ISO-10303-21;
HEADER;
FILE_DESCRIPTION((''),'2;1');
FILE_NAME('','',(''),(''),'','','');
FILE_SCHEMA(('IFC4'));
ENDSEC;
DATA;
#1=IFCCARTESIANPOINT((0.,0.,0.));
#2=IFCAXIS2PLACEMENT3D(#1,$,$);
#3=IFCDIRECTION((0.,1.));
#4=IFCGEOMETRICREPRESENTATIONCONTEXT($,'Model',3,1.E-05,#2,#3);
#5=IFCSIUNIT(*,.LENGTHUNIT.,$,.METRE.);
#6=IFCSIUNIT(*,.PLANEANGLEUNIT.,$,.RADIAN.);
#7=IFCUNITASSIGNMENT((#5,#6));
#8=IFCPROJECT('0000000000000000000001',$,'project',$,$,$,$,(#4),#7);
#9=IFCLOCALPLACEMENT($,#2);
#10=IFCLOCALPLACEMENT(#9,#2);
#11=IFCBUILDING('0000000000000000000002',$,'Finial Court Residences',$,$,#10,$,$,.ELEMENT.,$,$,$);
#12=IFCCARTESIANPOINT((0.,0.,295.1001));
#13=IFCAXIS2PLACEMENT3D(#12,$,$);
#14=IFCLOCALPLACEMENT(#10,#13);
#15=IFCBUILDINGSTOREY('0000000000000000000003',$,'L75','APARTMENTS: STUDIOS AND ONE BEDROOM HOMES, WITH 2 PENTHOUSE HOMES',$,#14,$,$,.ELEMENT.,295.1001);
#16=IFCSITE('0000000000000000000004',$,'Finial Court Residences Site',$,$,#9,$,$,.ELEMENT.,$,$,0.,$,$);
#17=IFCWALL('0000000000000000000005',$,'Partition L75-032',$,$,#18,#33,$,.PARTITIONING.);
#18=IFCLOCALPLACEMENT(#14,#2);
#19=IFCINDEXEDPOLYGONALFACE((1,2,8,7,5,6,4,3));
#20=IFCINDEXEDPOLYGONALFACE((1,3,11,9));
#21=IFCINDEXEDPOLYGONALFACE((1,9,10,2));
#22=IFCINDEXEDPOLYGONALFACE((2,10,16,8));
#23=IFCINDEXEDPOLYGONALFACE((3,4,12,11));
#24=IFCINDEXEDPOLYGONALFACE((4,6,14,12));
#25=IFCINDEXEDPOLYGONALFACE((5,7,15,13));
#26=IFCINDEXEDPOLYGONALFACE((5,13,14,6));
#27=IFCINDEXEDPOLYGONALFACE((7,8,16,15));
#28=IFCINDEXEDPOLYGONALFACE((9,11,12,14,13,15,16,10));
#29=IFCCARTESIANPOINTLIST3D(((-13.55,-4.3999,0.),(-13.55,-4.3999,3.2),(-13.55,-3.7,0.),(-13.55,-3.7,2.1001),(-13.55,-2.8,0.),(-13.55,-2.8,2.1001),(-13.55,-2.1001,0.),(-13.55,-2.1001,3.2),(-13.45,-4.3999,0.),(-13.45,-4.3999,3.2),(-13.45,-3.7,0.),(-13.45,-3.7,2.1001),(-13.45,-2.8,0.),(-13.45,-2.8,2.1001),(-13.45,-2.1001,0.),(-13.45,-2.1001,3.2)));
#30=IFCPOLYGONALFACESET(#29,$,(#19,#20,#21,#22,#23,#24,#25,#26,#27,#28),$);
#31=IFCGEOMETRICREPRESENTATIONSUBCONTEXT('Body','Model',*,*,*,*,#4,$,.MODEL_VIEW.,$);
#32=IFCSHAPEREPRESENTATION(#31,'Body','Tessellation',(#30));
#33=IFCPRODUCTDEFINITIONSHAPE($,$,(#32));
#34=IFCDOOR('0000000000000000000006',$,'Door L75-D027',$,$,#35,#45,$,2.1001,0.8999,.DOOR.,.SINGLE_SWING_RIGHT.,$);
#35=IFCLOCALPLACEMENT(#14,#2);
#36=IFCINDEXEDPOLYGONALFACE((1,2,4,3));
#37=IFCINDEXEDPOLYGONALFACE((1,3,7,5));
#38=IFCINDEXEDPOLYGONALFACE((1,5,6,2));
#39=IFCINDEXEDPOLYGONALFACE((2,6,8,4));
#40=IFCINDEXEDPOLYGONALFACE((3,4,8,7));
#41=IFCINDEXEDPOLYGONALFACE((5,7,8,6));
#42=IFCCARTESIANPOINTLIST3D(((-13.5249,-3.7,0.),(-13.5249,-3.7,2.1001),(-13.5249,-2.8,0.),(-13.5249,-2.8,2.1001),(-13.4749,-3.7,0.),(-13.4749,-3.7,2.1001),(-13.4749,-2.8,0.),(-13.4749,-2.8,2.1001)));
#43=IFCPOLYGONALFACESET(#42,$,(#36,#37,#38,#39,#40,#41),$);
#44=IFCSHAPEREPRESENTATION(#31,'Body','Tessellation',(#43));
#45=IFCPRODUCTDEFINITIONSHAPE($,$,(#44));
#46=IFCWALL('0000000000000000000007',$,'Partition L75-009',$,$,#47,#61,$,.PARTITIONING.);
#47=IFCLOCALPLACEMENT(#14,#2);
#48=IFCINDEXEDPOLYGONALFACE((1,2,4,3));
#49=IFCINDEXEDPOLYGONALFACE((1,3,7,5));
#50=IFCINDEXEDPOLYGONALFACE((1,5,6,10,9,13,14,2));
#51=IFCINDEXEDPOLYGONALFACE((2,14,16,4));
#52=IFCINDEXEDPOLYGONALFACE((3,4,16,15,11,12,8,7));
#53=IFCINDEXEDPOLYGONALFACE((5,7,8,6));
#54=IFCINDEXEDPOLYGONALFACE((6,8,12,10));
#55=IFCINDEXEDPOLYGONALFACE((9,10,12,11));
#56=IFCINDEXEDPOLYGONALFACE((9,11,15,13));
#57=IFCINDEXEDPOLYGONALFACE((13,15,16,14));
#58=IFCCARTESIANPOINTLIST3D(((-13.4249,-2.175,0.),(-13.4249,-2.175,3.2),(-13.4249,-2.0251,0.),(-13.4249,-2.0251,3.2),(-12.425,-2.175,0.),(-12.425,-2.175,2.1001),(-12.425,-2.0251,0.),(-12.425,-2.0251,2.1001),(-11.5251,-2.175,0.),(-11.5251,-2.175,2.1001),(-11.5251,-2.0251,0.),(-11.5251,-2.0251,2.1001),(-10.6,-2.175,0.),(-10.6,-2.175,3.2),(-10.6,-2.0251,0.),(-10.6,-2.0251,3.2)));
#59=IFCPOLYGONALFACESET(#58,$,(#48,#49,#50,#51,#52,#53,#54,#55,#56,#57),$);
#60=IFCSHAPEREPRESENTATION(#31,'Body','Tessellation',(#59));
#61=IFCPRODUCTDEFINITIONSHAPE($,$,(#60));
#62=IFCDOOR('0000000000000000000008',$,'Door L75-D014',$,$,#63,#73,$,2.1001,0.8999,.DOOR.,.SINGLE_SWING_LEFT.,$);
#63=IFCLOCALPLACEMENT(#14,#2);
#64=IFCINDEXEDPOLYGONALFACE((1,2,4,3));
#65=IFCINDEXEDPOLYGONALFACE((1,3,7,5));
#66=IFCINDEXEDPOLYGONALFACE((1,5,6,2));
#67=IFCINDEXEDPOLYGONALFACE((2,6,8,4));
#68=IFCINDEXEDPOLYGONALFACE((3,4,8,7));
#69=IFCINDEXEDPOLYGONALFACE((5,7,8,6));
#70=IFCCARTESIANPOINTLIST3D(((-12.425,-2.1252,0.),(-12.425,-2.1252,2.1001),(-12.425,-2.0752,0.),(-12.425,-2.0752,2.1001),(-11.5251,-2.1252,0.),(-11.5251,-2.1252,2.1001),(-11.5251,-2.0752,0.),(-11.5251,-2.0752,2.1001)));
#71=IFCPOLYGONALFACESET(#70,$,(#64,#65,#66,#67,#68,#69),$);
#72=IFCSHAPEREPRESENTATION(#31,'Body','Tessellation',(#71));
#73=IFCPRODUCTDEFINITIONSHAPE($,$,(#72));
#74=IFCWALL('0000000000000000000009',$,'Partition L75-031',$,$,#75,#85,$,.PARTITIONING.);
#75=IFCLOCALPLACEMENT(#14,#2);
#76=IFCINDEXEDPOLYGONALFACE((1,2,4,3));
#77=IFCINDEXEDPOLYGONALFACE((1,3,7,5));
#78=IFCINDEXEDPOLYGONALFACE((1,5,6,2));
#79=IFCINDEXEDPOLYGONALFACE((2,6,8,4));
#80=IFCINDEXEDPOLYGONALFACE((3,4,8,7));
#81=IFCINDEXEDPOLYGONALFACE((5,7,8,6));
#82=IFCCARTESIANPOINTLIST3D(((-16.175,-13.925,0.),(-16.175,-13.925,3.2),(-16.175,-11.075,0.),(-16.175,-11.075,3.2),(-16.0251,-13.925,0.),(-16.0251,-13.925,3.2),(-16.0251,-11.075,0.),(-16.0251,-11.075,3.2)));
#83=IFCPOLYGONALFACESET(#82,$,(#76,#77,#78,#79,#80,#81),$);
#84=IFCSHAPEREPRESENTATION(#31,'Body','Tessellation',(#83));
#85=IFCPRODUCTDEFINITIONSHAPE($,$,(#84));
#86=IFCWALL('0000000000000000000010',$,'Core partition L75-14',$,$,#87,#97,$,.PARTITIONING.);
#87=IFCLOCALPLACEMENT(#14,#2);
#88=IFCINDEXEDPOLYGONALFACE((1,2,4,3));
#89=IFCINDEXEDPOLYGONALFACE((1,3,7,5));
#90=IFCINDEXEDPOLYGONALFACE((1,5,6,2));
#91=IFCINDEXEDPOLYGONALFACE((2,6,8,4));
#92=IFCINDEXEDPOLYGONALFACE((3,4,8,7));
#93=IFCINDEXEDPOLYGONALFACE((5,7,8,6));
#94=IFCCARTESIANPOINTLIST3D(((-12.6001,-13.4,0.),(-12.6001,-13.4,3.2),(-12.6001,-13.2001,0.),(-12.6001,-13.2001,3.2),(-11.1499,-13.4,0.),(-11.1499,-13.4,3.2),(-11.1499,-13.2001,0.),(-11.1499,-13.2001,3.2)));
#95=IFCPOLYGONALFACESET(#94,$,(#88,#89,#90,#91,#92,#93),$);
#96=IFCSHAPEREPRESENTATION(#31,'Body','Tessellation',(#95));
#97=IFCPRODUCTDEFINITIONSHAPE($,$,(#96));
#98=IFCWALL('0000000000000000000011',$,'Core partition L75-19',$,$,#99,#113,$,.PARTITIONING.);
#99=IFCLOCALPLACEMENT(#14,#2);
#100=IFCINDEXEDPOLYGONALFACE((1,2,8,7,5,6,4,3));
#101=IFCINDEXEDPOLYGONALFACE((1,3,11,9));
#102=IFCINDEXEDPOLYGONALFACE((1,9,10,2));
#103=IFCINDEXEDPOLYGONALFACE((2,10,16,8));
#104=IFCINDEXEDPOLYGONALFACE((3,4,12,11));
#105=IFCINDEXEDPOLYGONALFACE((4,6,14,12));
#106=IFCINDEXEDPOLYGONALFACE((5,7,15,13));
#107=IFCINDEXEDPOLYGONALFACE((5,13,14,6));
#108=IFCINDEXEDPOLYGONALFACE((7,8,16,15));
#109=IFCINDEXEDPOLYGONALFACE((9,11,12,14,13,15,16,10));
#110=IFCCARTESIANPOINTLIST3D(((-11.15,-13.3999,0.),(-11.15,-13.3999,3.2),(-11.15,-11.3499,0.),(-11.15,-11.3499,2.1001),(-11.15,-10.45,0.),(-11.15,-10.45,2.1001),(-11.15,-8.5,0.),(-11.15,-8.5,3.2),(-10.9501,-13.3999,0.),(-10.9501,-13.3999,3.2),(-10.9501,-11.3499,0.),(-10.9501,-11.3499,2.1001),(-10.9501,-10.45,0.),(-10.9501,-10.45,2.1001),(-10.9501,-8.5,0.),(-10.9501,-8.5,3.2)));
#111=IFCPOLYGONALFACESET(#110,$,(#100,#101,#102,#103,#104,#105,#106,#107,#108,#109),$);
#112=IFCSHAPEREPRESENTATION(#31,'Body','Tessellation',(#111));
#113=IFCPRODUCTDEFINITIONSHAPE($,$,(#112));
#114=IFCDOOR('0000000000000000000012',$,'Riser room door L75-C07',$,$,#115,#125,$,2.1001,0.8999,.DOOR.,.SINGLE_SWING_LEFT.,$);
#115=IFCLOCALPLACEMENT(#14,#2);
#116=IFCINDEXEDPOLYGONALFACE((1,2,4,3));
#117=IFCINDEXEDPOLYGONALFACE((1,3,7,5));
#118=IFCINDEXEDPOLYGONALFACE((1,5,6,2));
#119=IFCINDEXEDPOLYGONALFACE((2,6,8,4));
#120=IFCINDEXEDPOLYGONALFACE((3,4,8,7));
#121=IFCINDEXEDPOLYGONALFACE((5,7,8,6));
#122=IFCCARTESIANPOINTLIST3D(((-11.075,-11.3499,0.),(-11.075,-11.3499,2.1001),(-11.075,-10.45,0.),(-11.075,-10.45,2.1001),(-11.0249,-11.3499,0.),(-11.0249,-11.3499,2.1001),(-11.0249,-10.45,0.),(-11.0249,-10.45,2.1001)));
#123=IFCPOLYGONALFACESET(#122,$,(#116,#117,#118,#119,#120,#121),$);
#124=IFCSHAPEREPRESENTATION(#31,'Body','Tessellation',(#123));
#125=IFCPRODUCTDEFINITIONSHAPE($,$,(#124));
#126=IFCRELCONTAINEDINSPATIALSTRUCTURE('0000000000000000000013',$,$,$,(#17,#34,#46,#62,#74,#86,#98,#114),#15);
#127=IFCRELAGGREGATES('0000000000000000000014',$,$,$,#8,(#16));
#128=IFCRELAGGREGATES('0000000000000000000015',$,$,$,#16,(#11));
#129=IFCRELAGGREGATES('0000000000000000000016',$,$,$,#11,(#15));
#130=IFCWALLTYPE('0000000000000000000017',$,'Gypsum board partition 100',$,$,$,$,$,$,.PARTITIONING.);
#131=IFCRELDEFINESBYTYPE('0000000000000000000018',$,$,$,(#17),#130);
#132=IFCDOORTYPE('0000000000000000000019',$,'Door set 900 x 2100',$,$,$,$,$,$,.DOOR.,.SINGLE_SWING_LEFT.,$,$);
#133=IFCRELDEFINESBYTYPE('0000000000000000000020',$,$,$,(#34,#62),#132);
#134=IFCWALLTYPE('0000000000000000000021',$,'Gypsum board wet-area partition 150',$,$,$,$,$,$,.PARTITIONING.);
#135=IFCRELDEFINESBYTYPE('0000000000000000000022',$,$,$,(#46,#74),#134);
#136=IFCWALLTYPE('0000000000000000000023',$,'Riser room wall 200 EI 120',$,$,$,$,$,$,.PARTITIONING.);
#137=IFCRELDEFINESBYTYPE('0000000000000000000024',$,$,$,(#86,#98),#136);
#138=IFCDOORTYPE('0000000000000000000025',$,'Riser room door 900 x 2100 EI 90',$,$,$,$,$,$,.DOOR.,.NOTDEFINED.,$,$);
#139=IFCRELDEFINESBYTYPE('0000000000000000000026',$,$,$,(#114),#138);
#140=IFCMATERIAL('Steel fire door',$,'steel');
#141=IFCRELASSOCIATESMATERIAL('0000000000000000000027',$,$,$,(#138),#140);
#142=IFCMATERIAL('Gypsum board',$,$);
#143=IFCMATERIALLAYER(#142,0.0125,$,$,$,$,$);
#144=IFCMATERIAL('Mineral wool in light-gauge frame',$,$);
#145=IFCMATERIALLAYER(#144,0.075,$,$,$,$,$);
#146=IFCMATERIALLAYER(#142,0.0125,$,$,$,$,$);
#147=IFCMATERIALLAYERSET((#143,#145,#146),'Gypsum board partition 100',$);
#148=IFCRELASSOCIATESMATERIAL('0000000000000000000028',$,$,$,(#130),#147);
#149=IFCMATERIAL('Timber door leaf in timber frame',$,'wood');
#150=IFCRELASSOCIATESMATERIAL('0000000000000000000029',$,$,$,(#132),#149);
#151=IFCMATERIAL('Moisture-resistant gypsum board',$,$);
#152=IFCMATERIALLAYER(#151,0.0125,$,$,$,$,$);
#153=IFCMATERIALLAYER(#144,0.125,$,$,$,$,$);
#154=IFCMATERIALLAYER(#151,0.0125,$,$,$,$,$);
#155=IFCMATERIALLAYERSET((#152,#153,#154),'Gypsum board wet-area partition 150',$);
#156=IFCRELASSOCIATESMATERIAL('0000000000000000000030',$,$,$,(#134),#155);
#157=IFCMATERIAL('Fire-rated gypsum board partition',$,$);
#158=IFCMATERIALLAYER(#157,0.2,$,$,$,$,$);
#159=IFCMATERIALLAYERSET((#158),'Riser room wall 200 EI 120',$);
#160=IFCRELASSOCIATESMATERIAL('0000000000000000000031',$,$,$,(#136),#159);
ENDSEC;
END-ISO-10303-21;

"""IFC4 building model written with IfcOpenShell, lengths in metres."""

from ifc_helpers import new_model, si_unit, direction, frame, frame_2d, origin, place, context, subcontext, project, spatial, rectangle, extrude, material, layer, layer_set, type_object, element, fill, save


model = new_model("IFC4")

# Units and contexts
model_context = context("Model", 3, precision=1e-05, world=origin(), true_north=direction((0.0, 1.0)))
body_context = subcontext(model_context, "Body", "Model", "MODEL_VIEW")
ifc_project = project(units=[si_unit("LENGTHUNIT", "METRE"), si_unit("PLANEANGLEUNIT", "RADIAN")], contexts=[model_context])

# Site, building, storey
site_placement = place(None, origin())
site = spatial("IfcSite", under=ifc_project, at=site_placement, Name="Finial Court Residences Site", CompositionType="ELEMENT", RefElevation=0.0)
building_placement = place(site_placement, origin())
building = spatial("IfcBuilding", under=site, at=building_placement, Name="Finial Court Residences", CompositionType="ELEMENT")
storey_placement = place(building_placement, frame((0.0, 0.0, 295.1001)))
storey = spatial("IfcBuildingStorey", under=building, at=storey_placement, Name="L75", Description="APARTMENTS: STUDIOS AND ONE BEDROOM HOMES, WITH 2 PENTHOUSE HOMES", CompositionType="ELEMENT", Elevation=295.1001)

# Shared definitions
ifc_material_1 = material(Name="Steel fire door", Category="steel")
door_type_1 = type_object("IfcDoorType", Name="Riser room door 900 x 2100 EI 90", OperationType="NOTDEFINED", PredefinedType="DOOR", material=ifc_material_1)

# Walls, openings, doors
ifc_material_2 = material(Name="Gypsum board")
ifc_layer_1 = layer(ifc_material_2, 0.0125)
ifc_material_3 = material(Name="Mineral wool in light-gauge frame")
ifc_layer_2 = layer(ifc_material_3, 0.075)
ifc_layer_3 = layer(ifc_material_2, 0.0125)
ifc_layer_set_1 = layer_set([ifc_layer_1, ifc_layer_2, ifc_layer_3], Name="Gypsum board partition 100")
wall_type_1 = type_object("IfcWallType", Name="Gypsum board partition 100", PredefinedType="PARTITIONING", material=ifc_layer_set_1)
wall_1_placement = place(storey_placement, frame((-13.5, -4.3999, 0.0), z_axis=(0.0, 0.0, 1.0), x_axis=(0.0, 1.0, 0.0)))
wall_1 = element("IfcWall", 1, at=wall_1_placement, inside=storey, type_object=wall_type_1, Name="Partition L75-032", PredefinedType="PARTITIONING", context=body_context, shape_type="SweptSolid", body=[
    extrude(rectangle(XDim=2.2998, YDim=0.1001, at=frame_2d((1.1499, 0.0))), origin(), (0.0, 0.0, 1.0), 3.2),
])
opening_1_placement = place(wall_1_placement, frame((0.7, 0.0, 0.0)))
opening_1 = element("IfcOpeningElement", 2, at=opening_1_placement, cuts=wall_1, PredefinedType="OPENING", context=body_context, shape_type="SweptSolid", body=[
    extrude(rectangle(XDim=0.8999, YDim=2.1001, at=frame_2d((0.45, 1.05))), frame((0.0, 0.0601, 0.0), z_axis=(0.0, -1.0, 0.0), x_axis=(1.0, 0.0, 0.0)), (0.0, 0.0, 1.0), 0.1201),
])
ifc_material_4 = material(Name="Timber door leaf in timber frame", Category="wood")
door_type_2 = type_object("IfcDoorType", Name="Door set 900 x 2100", OperationType="SINGLE_SWING_LEFT", PredefinedType="DOOR", material=ifc_material_4)
door_1_placement = place(opening_1_placement, origin())
door_1 = element("IfcDoor", 3, at=door_1_placement, inside=storey, type_object=door_type_2, Name="Door L75-D027", OperationType="SINGLE_SWING_RIGHT", OverallHeight=2.1001, OverallWidth=0.8999, PredefinedType="DOOR", context=body_context, shape_type="SweptSolid", body=[
    extrude(rectangle(XDim=0.8999, YDim=2.1001, at=frame_2d((0.45, 1.05))), frame((0.0, 0.0249, 0.0), z_axis=(0.0, -1.0, 0.0), x_axis=(1.0, 0.0, 0.0)), (0.0, 0.0, 1.0), 0.05),
])
fill(opening_1, door_1)
ifc_material_5 = material(Name="Moisture-resistant gypsum board")
ifc_layer_4 = layer(ifc_material_5, 0.0125)
ifc_layer_5 = layer(ifc_material_3, 0.125)
ifc_layer_6 = layer(ifc_material_5, 0.0125)
ifc_layer_set_2 = layer_set([ifc_layer_4, ifc_layer_5, ifc_layer_6], Name="Gypsum board wet-area partition 150")
wall_type_2 = type_object("IfcWallType", Name="Gypsum board wet-area partition 150", PredefinedType="PARTITIONING", material=ifc_layer_set_2)
wall_2_placement = place(storey_placement, frame((-13.425, -2.1001, 0.0), z_axis=(0.0, 0.0, 1.0), x_axis=(1.0, 0.0, 0.0)))
wall_2 = element("IfcWall", 4, at=wall_2_placement, inside=storey, type_object=wall_type_2, Name="Partition L75-009", PredefinedType="PARTITIONING", context=body_context, shape_type="SweptSolid", body=[
    extrude(rectangle(XDim=2.825, YDim=0.1499, at=frame_2d((1.4126, 0.0))), origin(), (0.0, 0.0, 1.0), 3.2),
])
opening_2_placement = place(wall_2_placement, frame((1.0, 0.0, 0.0)))
opening_2 = element("IfcOpeningElement", 5, at=opening_2_placement, cuts=wall_2, PredefinedType="OPENING", context=body_context, shape_type="SweptSolid", body=[
    extrude(rectangle(XDim=0.8999, YDim=2.1001, at=frame_2d((0.45, 1.05))), frame((0.0, 0.085, 0.0), z_axis=(0.0, -1.0, 0.0), x_axis=(1.0, 0.0, 0.0)), (0.0, 0.0, 1.0), 0.1699),
])
door_2_placement = place(opening_2_placement, origin())
door_2 = element("IfcDoor", 6, at=door_2_placement, inside=storey, type_object=door_type_2, Name="Door L75-D014", OperationType="SINGLE_SWING_LEFT", OverallHeight=2.1001, OverallWidth=0.8999, PredefinedType="DOOR", context=body_context, shape_type="SweptSolid", body=[
    extrude(rectangle(XDim=0.8999, YDim=2.1001, at=frame_2d((0.45, 1.05))), frame((0.0, 0.0249, 0.0), z_axis=(0.0, -1.0, 0.0), x_axis=(1.0, 0.0, 0.0)), (0.0, 0.0, 1.0), 0.05),
])
fill(opening_2, door_2)

# Walls
wall_3_placement = place(storey_placement, frame((-16.1001, -13.925, 0.0), z_axis=(0.0, 0.0, 1.0), x_axis=(0.0, 1.0, 0.0)))
element("IfcWall", 7, at=wall_3_placement, inside=storey, type_object=wall_type_2, Name="Partition L75-031", PredefinedType="PARTITIONING", context=body_context, shape_type="SweptSolid", body=[
    extrude(rectangle(XDim=2.8501, YDim=0.1499, at=frame_2d((1.425, 0.0))), origin(), (0.0, 0.0, 1.0), 3.2),
])
ifc_material_6 = material(Name="Fire-rated gypsum board partition")
ifc_layer_7 = layer(ifc_material_6, 0.2)
ifc_layer_set_3 = layer_set([ifc_layer_7], Name="Riser room wall 200 EI 120")
wall_type_3 = type_object("IfcWallType", Name="Riser room wall 200 EI 120", PredefinedType="PARTITIONING", material=ifc_layer_set_3)
wall_4_placement = place(storey_placement, frame((-12.6001, -13.3, 0.0), z_axis=(0.0, 0.0, 1.0), x_axis=(1.0, 0.0, 0.0)))
element("IfcWall", 8, at=wall_4_placement, inside=storey, type_object=wall_type_3, Name="Core partition L75-14", PredefinedType="PARTITIONING", context=body_context, shape_type="SweptSolid", body=[
    extrude(rectangle(XDim=1.4502, YDim=0.2, at=frame_2d((0.7251, 0.0))), origin(), (0.0, 0.0, 1.0), 3.2),
])

# Wall, opening, door
wall_5_placement = place(storey_placement, frame((-11.05, -13.3999, 0.0), z_axis=(0.0, 0.0, 1.0), x_axis=(0.0, 1.0, 0.0)))
wall_5 = element("IfcWall", 9, at=wall_5_placement, inside=storey, type_object=wall_type_3, Name="Core partition L75-19", PredefinedType="PARTITIONING", context=body_context, shape_type="SweptSolid", body=[
    extrude(rectangle(XDim=4.8999, YDim=0.2, at=frame_2d((2.45, 0.0))), origin(), (0.0, 0.0, 1.0), 3.2),
])
opening_3_placement = place(wall_5_placement, frame((2.05, 0.0, 0.0)))
opening_3 = element("IfcOpeningElement", 10, at=opening_3_placement, cuts=wall_5, PredefinedType="OPENING", context=body_context, shape_type="SweptSolid", body=[
    extrude(rectangle(XDim=0.8999, YDim=2.1001, at=frame_2d((0.45, 1.05))), frame((0.0, 0.1099, 0.0), z_axis=(0.0, -1.0, 0.0), x_axis=(1.0, 0.0, 0.0)), (0.0, 0.0, 1.0), 0.22),
])
door_3_placement = place(opening_3_placement, origin())
door_3 = element("IfcDoor", 11, at=door_3_placement, inside=storey, type_object=door_type_1, Name="Riser room door L75-C07", OperationType="SINGLE_SWING_LEFT", OverallHeight=2.1001, OverallWidth=0.8999, PredefinedType="DOOR", context=body_context, shape_type="SweptSolid", body=[
    extrude(rectangle(XDim=0.8999, YDim=2.1001, at=frame_2d((0.45, 1.05))), frame((0.0, 0.0249, 0.0), z_axis=(0.0, -1.0, 0.0), x_axis=(1.0, 0.0, 0.0)), (0.0, 0.0, 1.0), 0.05),
])
fill(opening_3, door_3)

save(model, "model.ifc")
